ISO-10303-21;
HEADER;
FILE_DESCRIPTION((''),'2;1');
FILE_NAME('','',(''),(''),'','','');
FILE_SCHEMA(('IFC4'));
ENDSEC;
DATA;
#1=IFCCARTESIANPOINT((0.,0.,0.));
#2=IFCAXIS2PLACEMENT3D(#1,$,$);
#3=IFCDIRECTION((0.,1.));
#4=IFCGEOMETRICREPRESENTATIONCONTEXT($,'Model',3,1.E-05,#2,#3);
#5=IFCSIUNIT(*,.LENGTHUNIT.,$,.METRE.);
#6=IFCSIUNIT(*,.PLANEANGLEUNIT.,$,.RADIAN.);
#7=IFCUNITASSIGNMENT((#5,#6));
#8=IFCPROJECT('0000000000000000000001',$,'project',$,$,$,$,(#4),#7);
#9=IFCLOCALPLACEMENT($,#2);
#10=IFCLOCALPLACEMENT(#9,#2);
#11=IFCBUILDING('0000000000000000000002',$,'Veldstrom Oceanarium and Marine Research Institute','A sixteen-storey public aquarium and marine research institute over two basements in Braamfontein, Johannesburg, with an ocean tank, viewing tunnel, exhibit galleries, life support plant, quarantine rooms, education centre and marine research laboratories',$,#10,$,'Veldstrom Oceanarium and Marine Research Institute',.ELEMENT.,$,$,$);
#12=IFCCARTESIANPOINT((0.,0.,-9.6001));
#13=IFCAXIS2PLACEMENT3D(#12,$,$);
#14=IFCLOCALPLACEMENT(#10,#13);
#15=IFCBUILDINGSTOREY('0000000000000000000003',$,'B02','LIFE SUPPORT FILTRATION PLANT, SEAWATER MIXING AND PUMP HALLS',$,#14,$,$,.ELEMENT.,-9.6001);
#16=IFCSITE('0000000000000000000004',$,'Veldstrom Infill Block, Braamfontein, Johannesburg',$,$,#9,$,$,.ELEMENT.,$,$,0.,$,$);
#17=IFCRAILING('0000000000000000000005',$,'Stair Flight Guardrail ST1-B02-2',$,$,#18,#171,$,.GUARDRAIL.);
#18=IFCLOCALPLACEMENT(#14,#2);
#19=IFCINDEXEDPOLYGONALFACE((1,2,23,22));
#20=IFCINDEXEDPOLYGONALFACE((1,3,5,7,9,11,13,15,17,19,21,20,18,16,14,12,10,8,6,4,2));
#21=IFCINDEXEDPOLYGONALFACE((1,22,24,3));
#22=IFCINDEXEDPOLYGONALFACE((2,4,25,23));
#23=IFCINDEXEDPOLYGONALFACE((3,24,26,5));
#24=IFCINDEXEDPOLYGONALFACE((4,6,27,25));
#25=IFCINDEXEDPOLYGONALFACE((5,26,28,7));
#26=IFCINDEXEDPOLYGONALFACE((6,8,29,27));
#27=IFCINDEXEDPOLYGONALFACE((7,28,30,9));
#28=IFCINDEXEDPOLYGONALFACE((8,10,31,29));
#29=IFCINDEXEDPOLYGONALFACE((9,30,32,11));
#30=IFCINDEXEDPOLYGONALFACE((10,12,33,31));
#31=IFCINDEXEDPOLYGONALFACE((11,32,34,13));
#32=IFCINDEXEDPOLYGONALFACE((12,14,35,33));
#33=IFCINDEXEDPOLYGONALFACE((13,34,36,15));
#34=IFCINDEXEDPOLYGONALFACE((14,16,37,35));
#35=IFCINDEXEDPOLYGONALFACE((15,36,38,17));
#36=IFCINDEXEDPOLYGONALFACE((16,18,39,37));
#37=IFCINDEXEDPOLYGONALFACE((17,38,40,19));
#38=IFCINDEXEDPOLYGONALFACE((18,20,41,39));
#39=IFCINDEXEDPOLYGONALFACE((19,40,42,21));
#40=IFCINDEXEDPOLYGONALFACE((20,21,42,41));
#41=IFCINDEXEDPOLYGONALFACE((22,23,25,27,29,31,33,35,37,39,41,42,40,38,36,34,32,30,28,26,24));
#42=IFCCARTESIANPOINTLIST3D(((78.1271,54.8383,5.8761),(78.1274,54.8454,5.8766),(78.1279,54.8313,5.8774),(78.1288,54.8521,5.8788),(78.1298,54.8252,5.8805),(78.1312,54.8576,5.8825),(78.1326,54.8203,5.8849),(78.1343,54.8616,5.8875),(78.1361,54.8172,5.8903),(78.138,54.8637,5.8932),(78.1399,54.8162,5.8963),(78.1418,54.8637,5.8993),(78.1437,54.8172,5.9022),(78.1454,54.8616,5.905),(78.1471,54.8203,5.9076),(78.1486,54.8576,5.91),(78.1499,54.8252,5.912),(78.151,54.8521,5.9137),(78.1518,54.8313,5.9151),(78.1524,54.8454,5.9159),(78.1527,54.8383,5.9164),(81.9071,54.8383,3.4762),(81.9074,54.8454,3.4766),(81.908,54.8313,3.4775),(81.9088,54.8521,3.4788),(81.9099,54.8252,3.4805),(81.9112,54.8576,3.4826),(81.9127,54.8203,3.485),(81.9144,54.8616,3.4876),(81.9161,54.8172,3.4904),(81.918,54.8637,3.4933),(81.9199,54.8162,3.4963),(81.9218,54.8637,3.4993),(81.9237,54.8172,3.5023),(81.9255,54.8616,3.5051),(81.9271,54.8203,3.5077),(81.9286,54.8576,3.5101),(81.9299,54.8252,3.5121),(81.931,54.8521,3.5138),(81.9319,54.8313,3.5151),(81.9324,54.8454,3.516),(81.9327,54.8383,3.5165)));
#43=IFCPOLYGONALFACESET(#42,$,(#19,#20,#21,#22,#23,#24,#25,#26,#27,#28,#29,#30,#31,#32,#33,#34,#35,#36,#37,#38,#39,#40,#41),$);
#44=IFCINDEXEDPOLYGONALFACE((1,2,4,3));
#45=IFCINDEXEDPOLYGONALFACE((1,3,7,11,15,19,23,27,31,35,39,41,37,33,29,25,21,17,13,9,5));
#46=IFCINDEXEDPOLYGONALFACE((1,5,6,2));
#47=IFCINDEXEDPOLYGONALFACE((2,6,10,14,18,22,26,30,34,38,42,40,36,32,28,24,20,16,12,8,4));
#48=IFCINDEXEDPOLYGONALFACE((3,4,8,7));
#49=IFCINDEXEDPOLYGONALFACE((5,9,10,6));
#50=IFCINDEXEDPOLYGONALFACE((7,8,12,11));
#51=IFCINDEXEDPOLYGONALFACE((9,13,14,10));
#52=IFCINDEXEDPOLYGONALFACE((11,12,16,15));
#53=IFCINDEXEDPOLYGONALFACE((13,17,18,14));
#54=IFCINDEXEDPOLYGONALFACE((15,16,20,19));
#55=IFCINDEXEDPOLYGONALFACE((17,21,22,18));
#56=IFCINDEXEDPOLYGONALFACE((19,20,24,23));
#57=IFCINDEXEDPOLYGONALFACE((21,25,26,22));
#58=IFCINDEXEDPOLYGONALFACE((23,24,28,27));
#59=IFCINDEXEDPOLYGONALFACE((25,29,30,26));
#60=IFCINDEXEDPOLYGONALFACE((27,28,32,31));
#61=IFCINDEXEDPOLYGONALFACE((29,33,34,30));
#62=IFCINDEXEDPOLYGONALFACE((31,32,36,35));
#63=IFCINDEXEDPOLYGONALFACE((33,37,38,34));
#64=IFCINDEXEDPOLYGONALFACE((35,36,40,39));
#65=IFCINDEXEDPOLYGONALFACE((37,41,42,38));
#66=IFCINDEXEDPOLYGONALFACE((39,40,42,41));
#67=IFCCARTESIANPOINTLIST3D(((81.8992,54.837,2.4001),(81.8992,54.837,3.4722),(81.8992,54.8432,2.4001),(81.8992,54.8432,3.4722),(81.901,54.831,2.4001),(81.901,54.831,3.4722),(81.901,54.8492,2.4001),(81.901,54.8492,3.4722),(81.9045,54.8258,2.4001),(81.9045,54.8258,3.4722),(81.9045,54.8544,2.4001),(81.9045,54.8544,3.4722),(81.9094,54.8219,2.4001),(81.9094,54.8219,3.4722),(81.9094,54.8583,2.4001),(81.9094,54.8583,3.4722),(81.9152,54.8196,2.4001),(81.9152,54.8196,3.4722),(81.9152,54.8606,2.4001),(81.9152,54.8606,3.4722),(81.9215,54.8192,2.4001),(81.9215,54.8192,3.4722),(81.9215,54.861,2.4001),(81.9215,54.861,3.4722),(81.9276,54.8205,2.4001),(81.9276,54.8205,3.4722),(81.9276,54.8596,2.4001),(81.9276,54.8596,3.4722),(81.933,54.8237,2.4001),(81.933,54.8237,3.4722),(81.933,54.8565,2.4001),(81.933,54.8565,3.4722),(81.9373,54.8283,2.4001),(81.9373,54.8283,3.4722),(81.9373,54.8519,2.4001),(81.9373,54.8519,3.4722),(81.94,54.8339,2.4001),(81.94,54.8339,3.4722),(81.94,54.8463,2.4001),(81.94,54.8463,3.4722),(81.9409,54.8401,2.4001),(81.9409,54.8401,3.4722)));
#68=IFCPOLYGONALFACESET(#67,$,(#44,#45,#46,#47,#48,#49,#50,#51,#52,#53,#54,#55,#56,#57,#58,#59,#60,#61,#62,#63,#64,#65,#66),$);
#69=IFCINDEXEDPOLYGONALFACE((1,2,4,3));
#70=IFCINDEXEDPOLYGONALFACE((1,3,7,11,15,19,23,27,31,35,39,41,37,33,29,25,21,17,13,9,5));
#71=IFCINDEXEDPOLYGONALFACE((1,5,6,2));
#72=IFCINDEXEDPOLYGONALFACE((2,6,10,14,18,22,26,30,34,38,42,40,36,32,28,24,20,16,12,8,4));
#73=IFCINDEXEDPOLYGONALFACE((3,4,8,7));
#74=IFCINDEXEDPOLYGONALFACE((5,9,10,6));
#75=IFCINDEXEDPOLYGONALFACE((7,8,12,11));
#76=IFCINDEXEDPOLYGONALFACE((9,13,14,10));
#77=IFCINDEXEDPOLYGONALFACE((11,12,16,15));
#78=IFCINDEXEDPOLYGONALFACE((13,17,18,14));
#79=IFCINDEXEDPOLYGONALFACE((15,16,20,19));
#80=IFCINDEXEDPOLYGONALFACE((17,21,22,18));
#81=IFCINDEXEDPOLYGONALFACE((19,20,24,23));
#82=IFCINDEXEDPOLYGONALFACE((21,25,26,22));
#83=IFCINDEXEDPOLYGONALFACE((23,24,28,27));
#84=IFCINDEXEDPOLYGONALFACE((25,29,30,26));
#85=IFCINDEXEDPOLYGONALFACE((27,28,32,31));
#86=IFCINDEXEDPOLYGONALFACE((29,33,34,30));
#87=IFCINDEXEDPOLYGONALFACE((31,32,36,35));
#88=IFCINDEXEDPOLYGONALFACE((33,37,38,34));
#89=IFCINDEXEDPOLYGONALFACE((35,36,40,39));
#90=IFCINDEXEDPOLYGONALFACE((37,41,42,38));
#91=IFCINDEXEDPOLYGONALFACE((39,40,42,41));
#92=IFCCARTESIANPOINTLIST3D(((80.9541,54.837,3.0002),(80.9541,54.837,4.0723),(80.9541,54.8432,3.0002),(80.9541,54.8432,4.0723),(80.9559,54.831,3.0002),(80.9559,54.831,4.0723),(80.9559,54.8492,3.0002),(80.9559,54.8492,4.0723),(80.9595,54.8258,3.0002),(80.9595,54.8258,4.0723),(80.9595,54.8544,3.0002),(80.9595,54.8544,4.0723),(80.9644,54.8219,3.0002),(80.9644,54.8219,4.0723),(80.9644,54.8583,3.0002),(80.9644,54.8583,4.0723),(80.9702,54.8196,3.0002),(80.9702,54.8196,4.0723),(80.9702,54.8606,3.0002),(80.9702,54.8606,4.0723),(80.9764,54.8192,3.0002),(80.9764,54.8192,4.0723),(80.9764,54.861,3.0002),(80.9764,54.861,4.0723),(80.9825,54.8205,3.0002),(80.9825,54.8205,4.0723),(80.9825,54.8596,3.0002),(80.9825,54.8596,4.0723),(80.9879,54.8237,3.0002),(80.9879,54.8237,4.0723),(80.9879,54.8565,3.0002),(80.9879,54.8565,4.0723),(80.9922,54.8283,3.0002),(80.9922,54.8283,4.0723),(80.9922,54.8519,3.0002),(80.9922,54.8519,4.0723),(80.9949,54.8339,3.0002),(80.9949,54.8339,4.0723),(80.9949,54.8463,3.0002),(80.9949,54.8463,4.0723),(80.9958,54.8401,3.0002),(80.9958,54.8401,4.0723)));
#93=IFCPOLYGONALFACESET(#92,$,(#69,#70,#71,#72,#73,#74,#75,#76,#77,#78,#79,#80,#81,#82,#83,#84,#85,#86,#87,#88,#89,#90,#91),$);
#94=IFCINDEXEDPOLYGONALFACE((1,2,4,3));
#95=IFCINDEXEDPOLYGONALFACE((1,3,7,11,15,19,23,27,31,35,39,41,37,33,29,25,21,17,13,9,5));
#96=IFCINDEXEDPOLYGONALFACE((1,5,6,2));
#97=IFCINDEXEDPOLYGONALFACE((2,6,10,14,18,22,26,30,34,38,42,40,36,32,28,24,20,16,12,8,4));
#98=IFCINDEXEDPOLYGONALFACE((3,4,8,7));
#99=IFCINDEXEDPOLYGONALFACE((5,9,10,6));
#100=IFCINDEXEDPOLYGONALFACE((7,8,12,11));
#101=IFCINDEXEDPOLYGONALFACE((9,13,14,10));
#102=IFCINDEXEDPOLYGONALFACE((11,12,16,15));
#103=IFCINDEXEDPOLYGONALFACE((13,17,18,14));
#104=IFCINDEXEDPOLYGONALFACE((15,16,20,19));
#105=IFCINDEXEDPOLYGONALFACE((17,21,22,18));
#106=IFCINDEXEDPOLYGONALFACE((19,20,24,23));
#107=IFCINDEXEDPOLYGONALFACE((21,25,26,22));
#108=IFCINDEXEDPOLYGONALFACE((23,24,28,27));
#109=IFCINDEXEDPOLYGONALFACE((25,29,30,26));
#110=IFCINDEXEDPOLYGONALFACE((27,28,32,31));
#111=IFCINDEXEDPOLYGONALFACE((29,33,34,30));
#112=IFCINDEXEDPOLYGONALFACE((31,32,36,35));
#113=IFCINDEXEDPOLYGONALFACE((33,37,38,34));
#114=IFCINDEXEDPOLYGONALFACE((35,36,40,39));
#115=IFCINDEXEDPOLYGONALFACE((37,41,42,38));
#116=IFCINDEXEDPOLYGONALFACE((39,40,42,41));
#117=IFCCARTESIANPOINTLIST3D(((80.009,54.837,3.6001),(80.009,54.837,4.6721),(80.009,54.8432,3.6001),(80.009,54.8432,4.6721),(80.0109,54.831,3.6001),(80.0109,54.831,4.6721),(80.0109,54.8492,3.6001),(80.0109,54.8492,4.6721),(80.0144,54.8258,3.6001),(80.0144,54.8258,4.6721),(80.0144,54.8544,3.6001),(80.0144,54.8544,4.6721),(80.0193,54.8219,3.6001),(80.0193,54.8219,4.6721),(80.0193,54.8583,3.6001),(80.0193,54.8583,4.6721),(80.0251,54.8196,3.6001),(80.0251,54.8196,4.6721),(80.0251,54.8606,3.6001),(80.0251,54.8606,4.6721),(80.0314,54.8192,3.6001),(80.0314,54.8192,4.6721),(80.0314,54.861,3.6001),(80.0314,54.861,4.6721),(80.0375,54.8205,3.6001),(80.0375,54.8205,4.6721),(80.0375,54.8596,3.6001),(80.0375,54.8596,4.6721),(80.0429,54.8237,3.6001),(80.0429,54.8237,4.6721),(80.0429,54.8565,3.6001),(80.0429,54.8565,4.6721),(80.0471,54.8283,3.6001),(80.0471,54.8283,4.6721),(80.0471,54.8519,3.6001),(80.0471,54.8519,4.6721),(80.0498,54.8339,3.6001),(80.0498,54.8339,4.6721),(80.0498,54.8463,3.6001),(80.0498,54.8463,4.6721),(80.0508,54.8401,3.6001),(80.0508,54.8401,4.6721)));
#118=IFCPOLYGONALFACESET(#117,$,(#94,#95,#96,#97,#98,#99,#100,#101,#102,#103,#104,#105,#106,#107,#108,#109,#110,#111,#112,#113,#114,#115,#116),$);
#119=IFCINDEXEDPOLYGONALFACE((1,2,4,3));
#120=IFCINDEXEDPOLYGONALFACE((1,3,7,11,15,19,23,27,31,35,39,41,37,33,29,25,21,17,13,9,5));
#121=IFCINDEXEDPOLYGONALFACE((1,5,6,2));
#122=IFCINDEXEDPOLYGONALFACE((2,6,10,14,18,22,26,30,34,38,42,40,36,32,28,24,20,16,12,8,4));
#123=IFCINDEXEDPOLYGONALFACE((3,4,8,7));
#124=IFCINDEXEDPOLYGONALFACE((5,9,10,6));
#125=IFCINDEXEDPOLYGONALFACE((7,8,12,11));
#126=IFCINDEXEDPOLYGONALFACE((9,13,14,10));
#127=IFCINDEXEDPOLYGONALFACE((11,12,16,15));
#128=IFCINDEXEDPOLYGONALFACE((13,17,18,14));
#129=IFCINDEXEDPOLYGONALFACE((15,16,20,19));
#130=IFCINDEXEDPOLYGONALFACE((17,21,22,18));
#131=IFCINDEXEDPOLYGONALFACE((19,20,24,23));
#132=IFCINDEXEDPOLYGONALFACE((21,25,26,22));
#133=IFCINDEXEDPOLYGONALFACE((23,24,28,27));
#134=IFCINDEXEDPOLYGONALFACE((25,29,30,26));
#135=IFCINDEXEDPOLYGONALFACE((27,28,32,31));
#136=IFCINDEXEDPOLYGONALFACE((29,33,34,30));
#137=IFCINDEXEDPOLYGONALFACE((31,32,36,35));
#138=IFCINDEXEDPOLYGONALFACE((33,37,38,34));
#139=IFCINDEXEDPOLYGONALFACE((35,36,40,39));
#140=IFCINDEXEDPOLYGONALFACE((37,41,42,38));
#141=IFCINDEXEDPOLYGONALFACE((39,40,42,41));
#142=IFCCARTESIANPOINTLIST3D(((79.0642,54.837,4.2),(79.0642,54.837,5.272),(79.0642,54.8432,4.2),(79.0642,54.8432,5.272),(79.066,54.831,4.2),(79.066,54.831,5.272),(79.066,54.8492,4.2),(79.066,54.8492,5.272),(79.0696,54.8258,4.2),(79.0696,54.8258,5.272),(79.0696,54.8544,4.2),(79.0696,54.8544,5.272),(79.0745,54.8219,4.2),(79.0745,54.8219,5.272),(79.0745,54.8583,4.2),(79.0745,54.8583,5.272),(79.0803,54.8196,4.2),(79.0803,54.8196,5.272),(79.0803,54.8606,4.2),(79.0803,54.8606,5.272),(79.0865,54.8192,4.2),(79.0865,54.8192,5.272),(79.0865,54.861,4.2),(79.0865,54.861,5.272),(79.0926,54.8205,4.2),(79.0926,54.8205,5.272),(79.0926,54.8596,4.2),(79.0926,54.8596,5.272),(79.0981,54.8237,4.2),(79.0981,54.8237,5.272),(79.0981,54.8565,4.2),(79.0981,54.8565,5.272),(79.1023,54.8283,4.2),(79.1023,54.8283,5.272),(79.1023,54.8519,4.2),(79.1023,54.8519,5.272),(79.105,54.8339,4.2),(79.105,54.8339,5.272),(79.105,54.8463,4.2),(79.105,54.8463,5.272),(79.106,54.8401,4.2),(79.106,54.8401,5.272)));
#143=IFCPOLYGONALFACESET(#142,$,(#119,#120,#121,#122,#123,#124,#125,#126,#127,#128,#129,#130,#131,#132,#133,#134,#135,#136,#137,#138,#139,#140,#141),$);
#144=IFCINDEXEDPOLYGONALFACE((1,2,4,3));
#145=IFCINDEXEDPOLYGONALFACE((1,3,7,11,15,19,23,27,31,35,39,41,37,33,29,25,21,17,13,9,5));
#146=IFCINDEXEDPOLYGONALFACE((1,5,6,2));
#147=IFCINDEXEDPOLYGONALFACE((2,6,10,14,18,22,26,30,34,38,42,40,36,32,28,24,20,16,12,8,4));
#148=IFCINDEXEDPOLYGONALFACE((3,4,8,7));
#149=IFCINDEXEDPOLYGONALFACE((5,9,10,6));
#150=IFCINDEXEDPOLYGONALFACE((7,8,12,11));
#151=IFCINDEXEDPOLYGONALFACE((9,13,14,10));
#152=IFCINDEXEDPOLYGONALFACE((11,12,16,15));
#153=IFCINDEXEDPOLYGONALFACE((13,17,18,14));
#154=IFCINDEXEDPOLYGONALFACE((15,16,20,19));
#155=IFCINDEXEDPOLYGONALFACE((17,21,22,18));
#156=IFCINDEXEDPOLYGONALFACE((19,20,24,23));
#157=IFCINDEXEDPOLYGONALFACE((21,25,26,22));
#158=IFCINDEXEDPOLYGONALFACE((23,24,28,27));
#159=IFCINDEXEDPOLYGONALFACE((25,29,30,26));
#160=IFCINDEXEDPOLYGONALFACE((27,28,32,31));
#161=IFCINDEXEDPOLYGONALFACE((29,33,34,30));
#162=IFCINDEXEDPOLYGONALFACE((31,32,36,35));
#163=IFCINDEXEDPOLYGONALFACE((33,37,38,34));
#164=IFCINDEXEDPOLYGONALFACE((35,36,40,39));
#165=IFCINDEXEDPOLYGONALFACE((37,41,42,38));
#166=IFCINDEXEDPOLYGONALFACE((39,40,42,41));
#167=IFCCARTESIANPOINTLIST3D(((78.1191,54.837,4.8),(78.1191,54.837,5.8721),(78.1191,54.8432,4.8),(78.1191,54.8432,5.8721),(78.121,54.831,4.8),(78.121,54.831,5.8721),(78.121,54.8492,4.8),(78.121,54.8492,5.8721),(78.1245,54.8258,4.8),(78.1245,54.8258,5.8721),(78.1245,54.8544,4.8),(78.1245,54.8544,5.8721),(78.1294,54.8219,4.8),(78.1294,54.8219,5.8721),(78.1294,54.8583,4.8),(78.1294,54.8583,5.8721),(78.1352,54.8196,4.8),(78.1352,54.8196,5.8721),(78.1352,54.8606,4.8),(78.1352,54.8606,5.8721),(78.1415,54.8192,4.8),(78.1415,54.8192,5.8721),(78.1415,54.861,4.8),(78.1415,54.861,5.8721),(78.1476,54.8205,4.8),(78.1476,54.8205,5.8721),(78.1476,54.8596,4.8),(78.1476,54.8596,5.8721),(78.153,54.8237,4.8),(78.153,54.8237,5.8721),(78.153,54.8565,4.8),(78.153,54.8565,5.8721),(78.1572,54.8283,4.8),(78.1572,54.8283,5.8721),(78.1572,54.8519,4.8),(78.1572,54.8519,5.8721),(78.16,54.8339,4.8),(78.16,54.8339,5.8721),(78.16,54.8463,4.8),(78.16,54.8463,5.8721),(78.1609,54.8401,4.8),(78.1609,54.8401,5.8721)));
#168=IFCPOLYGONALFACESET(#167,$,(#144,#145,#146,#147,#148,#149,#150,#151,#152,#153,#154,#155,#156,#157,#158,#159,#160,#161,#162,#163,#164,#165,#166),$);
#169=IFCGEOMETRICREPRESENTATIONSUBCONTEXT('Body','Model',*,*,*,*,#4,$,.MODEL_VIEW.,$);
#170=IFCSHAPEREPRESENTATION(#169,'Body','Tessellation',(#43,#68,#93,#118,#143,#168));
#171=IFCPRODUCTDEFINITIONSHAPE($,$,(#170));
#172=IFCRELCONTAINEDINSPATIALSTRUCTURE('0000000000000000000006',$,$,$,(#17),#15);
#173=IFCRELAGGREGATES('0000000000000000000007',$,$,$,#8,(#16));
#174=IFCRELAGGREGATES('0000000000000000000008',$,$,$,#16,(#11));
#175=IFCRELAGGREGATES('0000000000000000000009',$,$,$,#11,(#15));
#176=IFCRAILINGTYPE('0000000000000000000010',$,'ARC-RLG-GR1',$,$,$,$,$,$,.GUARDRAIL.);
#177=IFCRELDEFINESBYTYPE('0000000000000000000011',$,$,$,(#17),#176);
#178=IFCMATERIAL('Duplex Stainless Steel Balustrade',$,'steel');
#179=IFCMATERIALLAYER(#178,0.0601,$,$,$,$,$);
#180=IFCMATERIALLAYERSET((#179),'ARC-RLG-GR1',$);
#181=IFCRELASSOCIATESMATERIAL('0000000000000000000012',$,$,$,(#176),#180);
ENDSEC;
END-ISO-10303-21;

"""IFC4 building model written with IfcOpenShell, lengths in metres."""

from ifc_helpers import new_model, si_unit, direction, frame, origin, origin_2d, place, context, subcontext, project, spatial, circle, extrude, material, layer, layer_set, type_object, element, save


model = new_model("IFC4")

# Units and contexts
model_context = context("Model", 3, precision=1e-05, world=origin(), true_north=direction((0.0, 1.0)))
body_context = subcontext(model_context, "Body", "Model", "MODEL_VIEW")
ifc_project = project(units=[si_unit("LENGTHUNIT", "METRE"), si_unit("PLANEANGLEUNIT", "RADIAN")], contexts=[model_context])

# Site, building, storey
site_placement = place(None, origin())
site = spatial("IfcSite", under=ifc_project, at=site_placement, Name="Veldstrom Infill Block, Braamfontein, Johannesburg", CompositionType="ELEMENT", RefElevation=0.0)
building_placement = place(site_placement, origin())
building = spatial("IfcBuilding", under=site, at=building_placement, Name="Veldstrom Oceanarium and Marine Research Institute", Description="A sixteen-storey public aquarium and marine research institute over two basements in Braamfontein, Johannesburg, with an ocean tank, viewing tunnel, exhibit galleries, life support plant, quarantine rooms, education centre and marine research laboratories", LongName="Veldstrom Oceanarium and Marine Research Institute", CompositionType="ELEMENT")
storey_placement = place(building_placement, frame((0.0, 0.0, -9.6001)))
storey = spatial("IfcBuildingStorey", under=building, at=storey_placement, Name="B02", Description="LIFE SUPPORT FILTRATION PLANT, SEAWATER MIXING AND PUMP HALLS", CompositionType="ELEMENT", Elevation=-9.6001)

# Railing
ifc_material_1 = material(Name="Duplex Stainless Steel Balustrade", Category="steel")
ifc_layer_1 = layer(ifc_material_1, 0.0601)
ifc_layer_set_1 = layer_set([ifc_layer_1], Name="ARC-RLG-GR1")
railing_type_1 = type_object("IfcRailingType", Name="ARC-RLG-GR1", PredefinedType="GUARDRAIL", material=ifc_layer_set_1)
railing_1_placement = place(storey_placement, frame((81.9199, 54.8401, 2.4001)))
element("IfcRailing", 1, at=railing_1_placement, inside=storey, type_object=railing_type_1, Name="Stair Flight Guardrail ST1-B02-2", PredefinedType="GUARDRAIL", context=body_context, shape_type="SweptSolid", body=[
    extrude(circle(Radius=0.0239, at=origin_2d()), frame((0.0, 0.0, 1.0962), z_axis=(-0.844225, 0.0, 0.53599), x_axis=(0.0, -1.0, 0.0)), (0.0, 0.0, 1.0), 4.4775),
    extrude(circle(Radius=0.021, at=origin_2d()), origin(), (0.0, 0.0, 1.0), 1.072),
    extrude(circle(Radius=0.021, at=origin_2d()), frame((-0.9451, 0.0, 0.6001)), (0.0, 0.0, 1.0), 1.072),
    extrude(circle(Radius=0.021, at=origin_2d()), frame((-1.8901, 0.0, 1.2)), (0.0, 0.0, 1.0), 1.072),
    extrude(circle(Radius=0.021, at=origin_2d()), frame((-2.835, 0.0, 1.7998)), (0.0, 0.0, 1.0), 1.072),
    extrude(circle(Radius=0.021, at=origin_2d()), frame((-3.78, 0.0, 2.3999)), (0.0, 0.0, 1.0), 1.072),
])

save(model, "model.ifc")
